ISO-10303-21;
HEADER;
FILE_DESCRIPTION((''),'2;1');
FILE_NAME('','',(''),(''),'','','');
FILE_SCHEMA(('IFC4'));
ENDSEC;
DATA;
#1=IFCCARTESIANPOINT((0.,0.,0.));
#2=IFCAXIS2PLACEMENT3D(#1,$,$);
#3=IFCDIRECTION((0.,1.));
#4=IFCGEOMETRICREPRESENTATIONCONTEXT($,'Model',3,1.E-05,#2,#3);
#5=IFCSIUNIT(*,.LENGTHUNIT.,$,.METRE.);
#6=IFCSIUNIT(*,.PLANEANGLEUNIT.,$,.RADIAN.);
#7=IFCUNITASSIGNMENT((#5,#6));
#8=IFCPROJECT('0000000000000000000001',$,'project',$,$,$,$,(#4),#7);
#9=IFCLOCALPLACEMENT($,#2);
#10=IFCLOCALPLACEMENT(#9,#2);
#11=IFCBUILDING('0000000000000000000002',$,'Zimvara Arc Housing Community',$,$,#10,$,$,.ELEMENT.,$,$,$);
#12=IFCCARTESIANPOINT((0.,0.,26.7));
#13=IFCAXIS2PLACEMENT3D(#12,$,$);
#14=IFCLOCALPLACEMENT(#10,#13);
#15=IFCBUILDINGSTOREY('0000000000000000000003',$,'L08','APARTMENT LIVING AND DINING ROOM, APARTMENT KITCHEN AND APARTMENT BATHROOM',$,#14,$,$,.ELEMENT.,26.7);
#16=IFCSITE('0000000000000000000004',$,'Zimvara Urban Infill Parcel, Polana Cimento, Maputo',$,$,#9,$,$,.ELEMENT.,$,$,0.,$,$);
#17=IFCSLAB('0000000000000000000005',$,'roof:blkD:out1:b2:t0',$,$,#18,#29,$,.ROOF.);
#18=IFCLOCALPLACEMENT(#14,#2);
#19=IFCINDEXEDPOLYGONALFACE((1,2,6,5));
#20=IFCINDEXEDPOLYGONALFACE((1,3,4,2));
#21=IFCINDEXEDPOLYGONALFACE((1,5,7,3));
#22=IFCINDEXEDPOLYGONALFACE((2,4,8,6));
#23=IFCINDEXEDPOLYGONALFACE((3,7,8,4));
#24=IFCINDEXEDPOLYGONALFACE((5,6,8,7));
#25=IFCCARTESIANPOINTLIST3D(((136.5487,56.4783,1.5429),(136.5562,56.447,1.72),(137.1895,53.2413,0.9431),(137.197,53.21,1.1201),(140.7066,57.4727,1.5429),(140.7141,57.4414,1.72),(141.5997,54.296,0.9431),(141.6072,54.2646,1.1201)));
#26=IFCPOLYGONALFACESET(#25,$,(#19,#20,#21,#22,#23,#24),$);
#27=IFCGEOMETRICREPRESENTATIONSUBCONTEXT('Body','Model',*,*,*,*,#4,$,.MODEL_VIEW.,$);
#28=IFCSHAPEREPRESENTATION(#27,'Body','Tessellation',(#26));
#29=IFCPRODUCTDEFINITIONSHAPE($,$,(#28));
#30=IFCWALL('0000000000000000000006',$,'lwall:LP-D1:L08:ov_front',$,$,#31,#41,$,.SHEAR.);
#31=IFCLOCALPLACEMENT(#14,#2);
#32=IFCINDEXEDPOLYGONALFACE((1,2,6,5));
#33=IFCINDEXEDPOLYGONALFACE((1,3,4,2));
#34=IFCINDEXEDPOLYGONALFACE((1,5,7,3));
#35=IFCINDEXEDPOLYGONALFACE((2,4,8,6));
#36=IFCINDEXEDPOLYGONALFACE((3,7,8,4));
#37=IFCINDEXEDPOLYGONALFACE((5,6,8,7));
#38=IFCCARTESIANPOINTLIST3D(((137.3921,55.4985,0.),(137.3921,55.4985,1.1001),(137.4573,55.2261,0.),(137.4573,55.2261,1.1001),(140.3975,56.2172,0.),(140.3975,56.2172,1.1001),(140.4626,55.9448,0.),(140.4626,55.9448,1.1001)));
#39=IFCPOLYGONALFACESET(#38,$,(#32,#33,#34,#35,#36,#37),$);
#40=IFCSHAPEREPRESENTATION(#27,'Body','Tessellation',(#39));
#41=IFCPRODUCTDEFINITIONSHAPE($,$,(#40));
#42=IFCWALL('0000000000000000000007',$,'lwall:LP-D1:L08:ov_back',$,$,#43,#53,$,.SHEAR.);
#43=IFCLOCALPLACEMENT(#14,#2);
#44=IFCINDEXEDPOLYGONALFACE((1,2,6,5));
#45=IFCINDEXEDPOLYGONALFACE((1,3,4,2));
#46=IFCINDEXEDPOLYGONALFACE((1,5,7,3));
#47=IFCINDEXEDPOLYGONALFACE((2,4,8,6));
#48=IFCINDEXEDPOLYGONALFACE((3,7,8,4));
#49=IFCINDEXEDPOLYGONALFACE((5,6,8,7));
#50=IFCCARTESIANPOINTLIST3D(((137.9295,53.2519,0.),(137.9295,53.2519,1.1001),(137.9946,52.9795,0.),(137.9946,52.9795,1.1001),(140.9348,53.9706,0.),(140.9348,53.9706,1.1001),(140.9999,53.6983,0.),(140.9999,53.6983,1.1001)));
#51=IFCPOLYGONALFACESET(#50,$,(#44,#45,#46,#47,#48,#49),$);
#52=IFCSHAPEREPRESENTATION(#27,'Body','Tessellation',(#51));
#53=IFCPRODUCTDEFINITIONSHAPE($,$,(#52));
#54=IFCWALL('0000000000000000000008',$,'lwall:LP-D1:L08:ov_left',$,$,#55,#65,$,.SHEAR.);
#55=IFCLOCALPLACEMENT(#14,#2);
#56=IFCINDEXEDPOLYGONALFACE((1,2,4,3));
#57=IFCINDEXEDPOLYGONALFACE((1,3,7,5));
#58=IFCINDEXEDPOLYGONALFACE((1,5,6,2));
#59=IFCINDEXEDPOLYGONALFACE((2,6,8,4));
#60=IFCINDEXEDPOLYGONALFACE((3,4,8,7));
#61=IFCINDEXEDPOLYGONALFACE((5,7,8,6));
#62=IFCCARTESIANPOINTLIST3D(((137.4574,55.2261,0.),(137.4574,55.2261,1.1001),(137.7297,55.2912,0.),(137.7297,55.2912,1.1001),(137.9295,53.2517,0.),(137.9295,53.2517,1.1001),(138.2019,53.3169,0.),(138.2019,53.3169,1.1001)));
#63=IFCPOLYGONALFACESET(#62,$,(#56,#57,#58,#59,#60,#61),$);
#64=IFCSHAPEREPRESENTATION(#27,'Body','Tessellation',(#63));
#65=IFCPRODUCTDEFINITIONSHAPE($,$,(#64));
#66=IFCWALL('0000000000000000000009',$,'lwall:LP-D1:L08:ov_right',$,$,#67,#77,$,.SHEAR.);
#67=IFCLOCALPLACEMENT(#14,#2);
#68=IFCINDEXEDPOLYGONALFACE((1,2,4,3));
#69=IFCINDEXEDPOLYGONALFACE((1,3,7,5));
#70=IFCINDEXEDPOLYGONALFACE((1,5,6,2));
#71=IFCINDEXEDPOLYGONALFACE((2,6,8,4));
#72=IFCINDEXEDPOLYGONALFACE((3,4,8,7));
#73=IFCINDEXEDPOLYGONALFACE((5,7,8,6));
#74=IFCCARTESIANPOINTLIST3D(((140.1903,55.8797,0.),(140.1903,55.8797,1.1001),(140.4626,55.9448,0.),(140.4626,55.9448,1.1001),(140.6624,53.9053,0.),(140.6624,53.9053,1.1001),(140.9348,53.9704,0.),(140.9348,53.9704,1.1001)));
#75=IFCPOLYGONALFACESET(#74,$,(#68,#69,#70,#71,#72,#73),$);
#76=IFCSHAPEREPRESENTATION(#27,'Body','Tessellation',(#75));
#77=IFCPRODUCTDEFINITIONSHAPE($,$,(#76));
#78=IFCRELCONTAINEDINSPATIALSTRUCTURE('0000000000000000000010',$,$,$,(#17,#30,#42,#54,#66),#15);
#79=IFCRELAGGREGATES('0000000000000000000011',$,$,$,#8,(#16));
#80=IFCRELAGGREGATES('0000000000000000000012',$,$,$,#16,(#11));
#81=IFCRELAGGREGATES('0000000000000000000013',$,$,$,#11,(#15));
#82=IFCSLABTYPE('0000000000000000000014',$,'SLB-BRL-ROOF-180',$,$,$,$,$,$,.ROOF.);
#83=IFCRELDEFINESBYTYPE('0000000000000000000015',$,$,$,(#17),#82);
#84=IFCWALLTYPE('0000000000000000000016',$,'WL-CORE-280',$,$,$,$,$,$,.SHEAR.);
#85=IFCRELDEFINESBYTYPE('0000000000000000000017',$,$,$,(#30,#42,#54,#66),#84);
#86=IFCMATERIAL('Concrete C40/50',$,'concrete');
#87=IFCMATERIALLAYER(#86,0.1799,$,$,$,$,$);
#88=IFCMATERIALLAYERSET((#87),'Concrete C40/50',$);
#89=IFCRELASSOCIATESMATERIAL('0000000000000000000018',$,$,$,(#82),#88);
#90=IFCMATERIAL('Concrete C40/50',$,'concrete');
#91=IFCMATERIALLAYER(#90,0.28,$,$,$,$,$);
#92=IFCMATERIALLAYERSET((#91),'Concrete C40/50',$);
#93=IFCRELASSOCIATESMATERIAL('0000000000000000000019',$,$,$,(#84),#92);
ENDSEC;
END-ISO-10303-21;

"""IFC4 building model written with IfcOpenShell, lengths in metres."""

from ifc_helpers import new_model, si_unit, direction, frame, frame_2d, origin, place, context, subcontext, project, spatial, polyline, rectangle, outline, extrude, material, layer, layer_set, type_object, element, save


model = new_model("IFC4")

# Units and contexts
model_context = context("Model", 3, precision=1e-05, world=origin(), true_north=direction((0.0, 1.0)))
body_context = subcontext(model_context, "Body", "Model", "MODEL_VIEW")
ifc_project = project(units=[si_unit("LENGTHUNIT", "METRE"), si_unit("PLANEANGLEUNIT", "RADIAN")], contexts=[model_context])

# Site, building, storey
site_placement = place(None, origin())
site = spatial("IfcSite", under=ifc_project, at=site_placement, Name="Zimvara Urban Infill Parcel, Polana Cimento, Maputo", CompositionType="ELEMENT", RefElevation=0.0)
building_placement = place(site_placement, origin())
building = spatial("IfcBuilding", under=site, at=building_placement, Name="Zimvara Arc Housing Community", CompositionType="ELEMENT")
storey_placement = place(building_placement, frame((0.0, 0.0, 26.7)))
storey = spatial("IfcBuildingStorey", under=building, at=storey_placement, Name="L08", Description="APARTMENT LIVING AND DINING ROOM, APARTMENT KITCHEN AND APARTMENT BATHROOM", CompositionType="ELEMENT", Elevation=26.7)

# Slab
ifc_material_1 = material(Name="Concrete C40/50", Category="concrete")
ifc_layer_1 = layer(ifc_material_1, 0.1799)
ifc_layer_set_1 = layer_set([ifc_layer_1], Name="Concrete C40/50")
slab_type = type_object("IfcSlabType", Name="SLB-BRL-ROOF-180", PredefinedType="ROOF", material=ifc_layer_set_1)
slab_1_placement = place(storey_placement, frame((141.6072, 54.2646, 1.1201), z_axis=(0.04163, -0.174074, 0.983852), x_axis=(-0.972575, -0.232591, 0.0)))
element("IfcSlab", 1, at=slab_1_placement, inside=storey, type_object=slab_type, Name="roof:blkD:out1:b2:t0", PredefinedType="ROOF", context=body_context, shape_type="SweptSolid", body=[
    extrude(outline(polyline([(0.0, 0.0), (4.5345, 0.0), (4.4049, -3.3515), (0.1297, -3.3515), (0.0, 0.0)])), origin(), (0.0, 0.0, -1.0), 0.1799),
])

# Walls
ifc_material_2 = material(Name="Concrete C40/50", Category="concrete")
ifc_layer_2 = layer(ifc_material_2, 0.28)
ifc_layer_set_2 = layer_set([ifc_layer_2], Name="Concrete C40/50")
wall_type = type_object("IfcWallType", Name="WL-CORE-280", PredefinedType="SHEAR", material=ifc_layer_set_2)
for number, where, z_axis, x_axis, name in (
    (2, (137.4248, 55.3623, 0.0), (0.0, 0.0, 1.0), (0.972573, 0.232596, 0.0), "lwall:LP-D1:L08:ov_front"),
    (3, (137.9622, 53.1157, 0.0), (0.0, 0.0, 1.0), (0.972573, 0.232596, 0.0), "lwall:LP-D1:L08:ov_back"),
):
    element("IfcWall", number, at=place(storey_placement, frame(where, z_axis=z_axis, x_axis=x_axis)), inside=storey, type_object=wall_type, Name=name, PredefinedType="SHEAR", context=body_context, shape_type="SweptSolid", body=[
        extrude(rectangle(XDim=3.0901, YDim=0.28, at=frame_2d((1.5449, 0.0))), origin(), (0.0, 0.0, 1.0), 1.1001),
    ])
for number, where, z_axis, x_axis, name in (
    (4, (137.5935, 55.2588, 0.0), (0.0, 0.0, 1.0), (0.232591, -0.972575, 0.0), "lwall:LP-D1:L08:ov_left"),
    (5, (140.3264, 55.9124, 0.0), (0.0, 0.0, 1.0), (0.232591, -0.972575, 0.0), "lwall:LP-D1:L08:ov_right"),
):
    element("IfcWall", number, at=place(storey_placement, frame(where, z_axis=z_axis, x_axis=x_axis)), inside=storey, type_object=wall_type, Name=name, PredefinedType="SHEAR", context=body_context, shape_type="SweptSolid", body=[
        extrude(rectangle(XDim=2.03, YDim=0.28, at=frame_2d((1.0151, 0.0))), origin(), (0.0, 0.0, 1.0), 1.1001),
    ])

save(model, "model.ifc")
